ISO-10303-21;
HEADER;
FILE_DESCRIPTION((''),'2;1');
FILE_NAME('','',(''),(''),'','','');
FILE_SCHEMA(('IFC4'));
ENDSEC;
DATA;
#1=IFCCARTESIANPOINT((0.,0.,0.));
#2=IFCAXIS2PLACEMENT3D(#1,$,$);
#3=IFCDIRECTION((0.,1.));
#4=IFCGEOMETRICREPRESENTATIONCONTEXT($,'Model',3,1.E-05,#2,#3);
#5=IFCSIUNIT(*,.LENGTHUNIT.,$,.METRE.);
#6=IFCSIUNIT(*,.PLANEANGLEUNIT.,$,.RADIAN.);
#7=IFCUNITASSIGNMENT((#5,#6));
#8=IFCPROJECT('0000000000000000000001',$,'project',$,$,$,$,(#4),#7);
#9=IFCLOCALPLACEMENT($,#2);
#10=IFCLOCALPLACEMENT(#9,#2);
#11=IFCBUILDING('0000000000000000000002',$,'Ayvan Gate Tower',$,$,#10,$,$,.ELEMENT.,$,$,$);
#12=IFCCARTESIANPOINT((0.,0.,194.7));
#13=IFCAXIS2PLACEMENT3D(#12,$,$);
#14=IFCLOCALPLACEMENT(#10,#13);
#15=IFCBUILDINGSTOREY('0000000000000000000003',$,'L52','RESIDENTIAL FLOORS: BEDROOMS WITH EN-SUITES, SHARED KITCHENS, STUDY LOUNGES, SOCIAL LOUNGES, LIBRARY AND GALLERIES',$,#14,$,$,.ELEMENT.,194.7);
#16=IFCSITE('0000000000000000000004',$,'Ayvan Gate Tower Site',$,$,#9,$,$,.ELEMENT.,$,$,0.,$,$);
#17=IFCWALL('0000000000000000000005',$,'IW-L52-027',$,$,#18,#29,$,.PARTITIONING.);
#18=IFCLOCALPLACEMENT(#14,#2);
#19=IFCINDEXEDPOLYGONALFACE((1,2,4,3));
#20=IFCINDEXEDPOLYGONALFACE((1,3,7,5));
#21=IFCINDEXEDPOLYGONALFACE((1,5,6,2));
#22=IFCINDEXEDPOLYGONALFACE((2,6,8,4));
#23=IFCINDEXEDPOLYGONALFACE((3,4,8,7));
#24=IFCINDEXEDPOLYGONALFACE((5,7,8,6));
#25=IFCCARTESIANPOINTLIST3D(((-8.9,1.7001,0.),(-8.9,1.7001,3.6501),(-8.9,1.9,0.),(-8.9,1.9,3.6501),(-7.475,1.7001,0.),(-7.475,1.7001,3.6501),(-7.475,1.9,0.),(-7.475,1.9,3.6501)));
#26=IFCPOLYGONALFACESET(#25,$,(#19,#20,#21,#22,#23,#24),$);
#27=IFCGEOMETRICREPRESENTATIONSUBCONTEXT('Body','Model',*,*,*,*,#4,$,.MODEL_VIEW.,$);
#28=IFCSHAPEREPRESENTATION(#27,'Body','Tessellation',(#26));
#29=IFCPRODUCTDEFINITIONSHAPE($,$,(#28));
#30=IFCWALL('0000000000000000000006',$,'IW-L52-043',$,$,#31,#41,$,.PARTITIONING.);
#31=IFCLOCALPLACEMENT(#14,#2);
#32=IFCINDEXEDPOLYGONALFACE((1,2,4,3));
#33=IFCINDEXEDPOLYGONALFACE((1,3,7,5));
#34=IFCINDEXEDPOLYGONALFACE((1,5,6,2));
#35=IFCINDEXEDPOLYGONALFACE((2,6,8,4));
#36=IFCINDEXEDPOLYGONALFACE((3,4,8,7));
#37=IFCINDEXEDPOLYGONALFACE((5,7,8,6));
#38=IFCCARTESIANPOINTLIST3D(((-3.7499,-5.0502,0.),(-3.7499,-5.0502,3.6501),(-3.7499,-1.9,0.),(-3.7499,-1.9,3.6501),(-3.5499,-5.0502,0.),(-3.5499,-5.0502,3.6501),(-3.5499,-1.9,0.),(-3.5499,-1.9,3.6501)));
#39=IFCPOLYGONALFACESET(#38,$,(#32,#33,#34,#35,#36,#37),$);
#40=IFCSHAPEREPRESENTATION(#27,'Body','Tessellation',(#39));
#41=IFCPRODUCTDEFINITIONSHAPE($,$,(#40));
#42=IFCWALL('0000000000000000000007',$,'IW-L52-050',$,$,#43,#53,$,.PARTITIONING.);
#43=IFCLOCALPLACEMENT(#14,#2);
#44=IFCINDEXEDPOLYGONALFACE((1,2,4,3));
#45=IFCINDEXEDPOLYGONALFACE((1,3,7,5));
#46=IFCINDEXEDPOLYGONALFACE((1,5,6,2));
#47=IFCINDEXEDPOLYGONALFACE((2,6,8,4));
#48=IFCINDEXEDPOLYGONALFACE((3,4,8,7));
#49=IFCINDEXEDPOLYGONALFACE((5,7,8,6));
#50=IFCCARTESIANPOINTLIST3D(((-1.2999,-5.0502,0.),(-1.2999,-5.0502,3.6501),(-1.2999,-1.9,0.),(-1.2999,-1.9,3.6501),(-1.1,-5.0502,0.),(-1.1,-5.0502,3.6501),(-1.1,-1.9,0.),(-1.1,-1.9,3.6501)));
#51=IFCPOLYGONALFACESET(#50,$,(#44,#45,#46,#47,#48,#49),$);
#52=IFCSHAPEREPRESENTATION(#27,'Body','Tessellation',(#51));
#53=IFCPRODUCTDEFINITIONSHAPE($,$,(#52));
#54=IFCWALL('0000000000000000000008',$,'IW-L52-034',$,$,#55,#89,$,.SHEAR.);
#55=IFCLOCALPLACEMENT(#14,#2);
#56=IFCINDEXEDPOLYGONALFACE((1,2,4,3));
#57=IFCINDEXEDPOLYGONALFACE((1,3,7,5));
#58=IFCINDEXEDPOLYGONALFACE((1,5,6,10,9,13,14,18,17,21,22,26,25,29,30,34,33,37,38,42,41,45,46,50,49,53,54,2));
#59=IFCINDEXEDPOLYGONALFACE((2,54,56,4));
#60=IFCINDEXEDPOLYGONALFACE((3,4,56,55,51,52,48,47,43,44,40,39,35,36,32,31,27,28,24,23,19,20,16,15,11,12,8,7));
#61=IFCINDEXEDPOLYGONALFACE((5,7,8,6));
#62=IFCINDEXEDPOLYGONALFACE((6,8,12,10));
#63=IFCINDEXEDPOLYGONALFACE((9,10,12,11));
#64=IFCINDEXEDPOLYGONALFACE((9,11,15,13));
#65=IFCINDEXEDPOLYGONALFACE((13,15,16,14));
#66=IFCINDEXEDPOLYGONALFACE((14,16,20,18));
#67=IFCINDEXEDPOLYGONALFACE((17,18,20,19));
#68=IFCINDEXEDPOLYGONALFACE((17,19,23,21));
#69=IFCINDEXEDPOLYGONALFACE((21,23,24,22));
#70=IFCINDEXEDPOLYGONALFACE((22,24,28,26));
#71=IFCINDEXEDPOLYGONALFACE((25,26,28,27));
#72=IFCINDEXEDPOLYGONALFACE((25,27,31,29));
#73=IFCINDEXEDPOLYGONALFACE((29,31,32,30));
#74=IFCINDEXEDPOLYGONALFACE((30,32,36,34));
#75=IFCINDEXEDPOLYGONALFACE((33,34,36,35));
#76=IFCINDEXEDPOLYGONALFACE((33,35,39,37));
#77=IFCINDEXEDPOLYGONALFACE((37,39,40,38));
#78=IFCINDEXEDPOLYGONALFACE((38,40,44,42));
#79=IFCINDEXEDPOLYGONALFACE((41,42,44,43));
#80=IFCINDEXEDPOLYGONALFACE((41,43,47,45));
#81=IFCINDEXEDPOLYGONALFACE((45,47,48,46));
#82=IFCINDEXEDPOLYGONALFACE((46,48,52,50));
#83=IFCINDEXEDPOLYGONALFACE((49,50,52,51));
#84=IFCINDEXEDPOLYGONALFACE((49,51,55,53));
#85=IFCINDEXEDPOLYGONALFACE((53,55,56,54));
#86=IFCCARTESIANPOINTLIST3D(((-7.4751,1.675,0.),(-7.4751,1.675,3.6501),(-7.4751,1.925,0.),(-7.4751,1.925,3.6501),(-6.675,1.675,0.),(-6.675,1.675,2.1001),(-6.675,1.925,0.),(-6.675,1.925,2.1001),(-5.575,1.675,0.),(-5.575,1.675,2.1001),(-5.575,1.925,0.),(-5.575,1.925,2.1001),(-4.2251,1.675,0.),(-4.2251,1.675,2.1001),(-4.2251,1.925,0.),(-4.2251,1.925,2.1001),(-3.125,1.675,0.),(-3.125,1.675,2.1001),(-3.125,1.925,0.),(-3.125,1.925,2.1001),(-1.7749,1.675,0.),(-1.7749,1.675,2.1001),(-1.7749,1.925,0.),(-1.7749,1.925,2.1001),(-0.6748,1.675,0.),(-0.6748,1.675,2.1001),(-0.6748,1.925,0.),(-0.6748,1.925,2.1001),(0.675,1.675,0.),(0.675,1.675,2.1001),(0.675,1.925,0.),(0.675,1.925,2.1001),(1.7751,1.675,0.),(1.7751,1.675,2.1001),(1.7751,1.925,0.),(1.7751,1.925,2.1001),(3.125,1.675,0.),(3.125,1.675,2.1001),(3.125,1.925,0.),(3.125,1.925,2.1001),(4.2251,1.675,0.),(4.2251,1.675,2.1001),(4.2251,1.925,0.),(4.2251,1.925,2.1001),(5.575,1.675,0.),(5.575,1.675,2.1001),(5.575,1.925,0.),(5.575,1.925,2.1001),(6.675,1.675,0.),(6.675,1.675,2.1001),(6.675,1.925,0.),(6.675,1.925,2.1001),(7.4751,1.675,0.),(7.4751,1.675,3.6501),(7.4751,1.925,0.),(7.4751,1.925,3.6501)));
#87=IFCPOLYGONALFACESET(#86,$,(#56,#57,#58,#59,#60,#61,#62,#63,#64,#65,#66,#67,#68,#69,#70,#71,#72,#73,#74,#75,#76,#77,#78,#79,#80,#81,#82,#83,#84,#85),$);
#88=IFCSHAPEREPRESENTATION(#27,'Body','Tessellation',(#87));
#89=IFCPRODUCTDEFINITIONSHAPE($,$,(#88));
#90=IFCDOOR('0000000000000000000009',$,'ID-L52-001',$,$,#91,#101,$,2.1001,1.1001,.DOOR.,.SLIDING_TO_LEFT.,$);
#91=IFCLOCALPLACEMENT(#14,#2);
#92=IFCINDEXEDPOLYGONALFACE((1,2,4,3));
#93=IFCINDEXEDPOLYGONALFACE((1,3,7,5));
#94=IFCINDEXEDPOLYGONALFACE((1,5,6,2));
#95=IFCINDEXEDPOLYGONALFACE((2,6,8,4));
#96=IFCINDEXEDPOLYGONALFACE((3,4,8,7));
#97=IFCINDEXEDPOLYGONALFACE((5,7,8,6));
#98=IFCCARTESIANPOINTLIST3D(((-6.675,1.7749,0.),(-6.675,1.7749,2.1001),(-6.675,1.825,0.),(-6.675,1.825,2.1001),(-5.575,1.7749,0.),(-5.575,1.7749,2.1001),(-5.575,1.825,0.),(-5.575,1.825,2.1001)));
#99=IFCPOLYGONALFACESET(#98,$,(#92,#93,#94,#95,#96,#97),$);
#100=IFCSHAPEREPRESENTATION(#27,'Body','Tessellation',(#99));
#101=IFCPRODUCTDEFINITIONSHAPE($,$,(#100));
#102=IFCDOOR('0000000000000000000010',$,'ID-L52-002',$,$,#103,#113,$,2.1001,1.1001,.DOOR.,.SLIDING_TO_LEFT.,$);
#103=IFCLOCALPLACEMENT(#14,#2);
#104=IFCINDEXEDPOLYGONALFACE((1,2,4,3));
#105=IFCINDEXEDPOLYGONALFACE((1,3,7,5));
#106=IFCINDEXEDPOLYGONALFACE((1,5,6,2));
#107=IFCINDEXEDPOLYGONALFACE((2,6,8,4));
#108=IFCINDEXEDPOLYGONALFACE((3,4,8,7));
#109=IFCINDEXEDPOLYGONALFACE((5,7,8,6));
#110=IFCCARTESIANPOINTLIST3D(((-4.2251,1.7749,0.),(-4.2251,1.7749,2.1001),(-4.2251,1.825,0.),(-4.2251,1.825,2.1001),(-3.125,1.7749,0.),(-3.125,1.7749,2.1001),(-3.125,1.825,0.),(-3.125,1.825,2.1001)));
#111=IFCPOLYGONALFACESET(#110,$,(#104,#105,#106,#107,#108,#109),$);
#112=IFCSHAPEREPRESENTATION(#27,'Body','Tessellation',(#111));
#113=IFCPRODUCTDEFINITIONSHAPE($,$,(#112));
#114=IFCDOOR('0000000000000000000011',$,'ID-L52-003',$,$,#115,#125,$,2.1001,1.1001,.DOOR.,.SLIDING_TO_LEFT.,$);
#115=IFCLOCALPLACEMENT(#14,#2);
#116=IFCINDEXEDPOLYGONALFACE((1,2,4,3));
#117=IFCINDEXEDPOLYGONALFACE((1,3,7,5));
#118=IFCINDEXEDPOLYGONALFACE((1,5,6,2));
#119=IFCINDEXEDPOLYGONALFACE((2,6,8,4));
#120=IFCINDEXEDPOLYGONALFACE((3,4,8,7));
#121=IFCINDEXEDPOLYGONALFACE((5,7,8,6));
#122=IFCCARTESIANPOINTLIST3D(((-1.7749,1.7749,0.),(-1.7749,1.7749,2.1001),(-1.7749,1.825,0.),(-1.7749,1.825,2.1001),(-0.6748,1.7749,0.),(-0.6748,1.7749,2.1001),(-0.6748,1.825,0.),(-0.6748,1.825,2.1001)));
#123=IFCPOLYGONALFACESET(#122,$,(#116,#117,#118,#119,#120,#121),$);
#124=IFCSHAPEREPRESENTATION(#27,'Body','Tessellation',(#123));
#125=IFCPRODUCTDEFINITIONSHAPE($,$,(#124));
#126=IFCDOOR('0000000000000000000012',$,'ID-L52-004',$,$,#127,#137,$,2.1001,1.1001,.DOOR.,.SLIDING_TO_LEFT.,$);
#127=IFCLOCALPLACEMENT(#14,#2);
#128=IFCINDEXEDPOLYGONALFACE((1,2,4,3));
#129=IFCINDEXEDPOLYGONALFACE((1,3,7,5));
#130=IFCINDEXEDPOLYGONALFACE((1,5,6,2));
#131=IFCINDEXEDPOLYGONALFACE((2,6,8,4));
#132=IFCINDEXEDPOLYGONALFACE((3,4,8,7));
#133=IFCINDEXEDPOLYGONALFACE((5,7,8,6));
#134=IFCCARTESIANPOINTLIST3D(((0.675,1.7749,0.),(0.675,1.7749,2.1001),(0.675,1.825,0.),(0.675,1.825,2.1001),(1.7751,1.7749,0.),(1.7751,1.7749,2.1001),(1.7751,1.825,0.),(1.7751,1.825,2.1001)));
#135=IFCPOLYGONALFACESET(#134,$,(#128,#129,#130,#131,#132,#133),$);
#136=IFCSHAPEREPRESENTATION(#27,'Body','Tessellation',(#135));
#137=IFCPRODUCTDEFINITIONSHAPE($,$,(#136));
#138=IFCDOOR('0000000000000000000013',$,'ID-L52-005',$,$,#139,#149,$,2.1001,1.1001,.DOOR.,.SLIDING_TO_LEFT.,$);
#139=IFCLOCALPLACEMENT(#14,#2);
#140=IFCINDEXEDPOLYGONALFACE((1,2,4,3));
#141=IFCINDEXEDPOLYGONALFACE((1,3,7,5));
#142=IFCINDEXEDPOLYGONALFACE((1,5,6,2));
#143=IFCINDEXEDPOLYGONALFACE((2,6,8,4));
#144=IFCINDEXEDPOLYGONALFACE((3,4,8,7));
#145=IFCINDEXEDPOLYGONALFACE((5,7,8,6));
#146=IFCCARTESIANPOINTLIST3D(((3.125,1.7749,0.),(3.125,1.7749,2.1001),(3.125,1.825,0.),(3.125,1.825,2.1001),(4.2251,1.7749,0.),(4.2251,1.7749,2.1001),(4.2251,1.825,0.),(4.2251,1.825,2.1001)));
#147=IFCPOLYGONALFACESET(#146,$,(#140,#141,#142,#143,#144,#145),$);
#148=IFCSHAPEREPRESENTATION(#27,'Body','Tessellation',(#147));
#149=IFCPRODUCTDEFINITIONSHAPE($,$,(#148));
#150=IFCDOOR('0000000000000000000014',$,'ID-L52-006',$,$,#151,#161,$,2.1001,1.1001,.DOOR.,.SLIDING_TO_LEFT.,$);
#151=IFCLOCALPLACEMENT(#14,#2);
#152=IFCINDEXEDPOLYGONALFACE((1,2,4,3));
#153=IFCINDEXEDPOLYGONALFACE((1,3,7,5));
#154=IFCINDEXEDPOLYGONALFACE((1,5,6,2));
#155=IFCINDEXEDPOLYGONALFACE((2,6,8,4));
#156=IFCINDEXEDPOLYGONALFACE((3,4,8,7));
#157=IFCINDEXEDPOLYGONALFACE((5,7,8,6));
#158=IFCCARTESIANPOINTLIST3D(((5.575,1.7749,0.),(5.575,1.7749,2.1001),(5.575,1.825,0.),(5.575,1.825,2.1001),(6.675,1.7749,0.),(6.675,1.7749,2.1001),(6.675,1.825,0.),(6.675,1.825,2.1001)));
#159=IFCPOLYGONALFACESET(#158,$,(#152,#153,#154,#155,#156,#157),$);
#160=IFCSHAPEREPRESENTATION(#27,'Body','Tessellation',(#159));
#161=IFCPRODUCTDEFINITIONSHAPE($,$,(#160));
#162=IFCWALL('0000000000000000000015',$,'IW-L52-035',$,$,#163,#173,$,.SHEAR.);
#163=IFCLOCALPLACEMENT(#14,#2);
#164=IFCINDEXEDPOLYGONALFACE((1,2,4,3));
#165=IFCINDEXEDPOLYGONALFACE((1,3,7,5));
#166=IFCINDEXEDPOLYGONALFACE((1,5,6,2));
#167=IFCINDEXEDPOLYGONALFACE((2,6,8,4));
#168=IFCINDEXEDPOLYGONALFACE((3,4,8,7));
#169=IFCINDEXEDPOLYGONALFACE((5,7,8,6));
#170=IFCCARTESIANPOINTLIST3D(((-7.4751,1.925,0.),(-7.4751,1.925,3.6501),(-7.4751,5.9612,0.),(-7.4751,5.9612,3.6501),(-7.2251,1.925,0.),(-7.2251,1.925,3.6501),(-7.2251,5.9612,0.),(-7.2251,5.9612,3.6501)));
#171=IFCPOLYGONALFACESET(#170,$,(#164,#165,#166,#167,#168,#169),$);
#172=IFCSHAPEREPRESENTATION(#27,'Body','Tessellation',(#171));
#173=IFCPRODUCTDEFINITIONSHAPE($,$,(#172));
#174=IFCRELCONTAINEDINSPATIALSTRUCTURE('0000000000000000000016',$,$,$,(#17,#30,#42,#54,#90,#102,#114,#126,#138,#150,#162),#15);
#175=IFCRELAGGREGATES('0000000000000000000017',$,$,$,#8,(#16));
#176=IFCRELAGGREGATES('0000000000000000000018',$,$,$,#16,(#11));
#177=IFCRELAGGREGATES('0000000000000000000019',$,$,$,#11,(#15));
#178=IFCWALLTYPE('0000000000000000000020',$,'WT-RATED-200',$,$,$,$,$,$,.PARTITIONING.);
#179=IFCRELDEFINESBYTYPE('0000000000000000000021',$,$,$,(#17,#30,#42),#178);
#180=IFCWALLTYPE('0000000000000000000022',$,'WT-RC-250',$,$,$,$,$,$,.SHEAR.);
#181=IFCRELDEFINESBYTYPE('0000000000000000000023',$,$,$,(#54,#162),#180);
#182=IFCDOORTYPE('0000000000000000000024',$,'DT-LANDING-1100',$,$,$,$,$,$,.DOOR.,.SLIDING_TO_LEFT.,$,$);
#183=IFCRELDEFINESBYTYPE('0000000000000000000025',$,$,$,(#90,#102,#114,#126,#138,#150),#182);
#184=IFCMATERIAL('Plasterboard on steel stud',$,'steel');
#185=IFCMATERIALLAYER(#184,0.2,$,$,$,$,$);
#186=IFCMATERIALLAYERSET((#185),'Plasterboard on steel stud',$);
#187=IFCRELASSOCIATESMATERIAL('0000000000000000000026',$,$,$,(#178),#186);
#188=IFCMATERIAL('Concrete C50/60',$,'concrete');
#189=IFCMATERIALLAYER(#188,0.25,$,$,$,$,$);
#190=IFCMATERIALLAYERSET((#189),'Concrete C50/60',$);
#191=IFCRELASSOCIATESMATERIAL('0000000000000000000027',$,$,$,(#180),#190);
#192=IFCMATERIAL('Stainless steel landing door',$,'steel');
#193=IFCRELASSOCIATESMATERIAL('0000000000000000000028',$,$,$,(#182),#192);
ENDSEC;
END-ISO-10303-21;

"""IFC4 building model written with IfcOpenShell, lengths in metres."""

from ifc_helpers import new_model, si_unit, direction, frame, frame_2d, origin, place, context, subcontext, project, spatial, rectangle, extrude, material, layer, layer_set, type_object, element, fill, save


model = new_model("IFC4")

# Units and contexts
model_context = context("Model", 3, precision=1e-05, world=origin(), true_north=direction((0.0, 1.0)))
body_context = subcontext(model_context, "Body", "Model", "MODEL_VIEW")
ifc_project = project(units=[si_unit("LENGTHUNIT", "METRE"), si_unit("PLANEANGLEUNIT", "RADIAN")], contexts=[model_context])

# Site, building, storey
site_placement = place(None, origin())
site = spatial("IfcSite", under=ifc_project, at=site_placement, Name="Ayvan Gate Tower Site", CompositionType="ELEMENT", RefElevation=0.0)
building_placement = place(site_placement, origin())
building = spatial("IfcBuilding", under=site, at=building_placement, Name="Ayvan Gate Tower", CompositionType="ELEMENT")
storey_placement = place(building_placement, frame((0.0, 0.0, 194.7)))
storey = spatial("IfcBuildingStorey", under=building, at=storey_placement, Name="L52", Description="RESIDENTIAL FLOORS: BEDROOMS WITH EN-SUITES, SHARED KITCHENS, STUDY LOUNGES, SOCIAL LOUNGES, LIBRARY AND GALLERIES", CompositionType="ELEMENT", Elevation=194.7)

# Walls
ifc_material_1 = material(Name="Plasterboard on steel stud", Category="steel")
ifc_layer_1 = layer(ifc_material_1, 0.2)
ifc_layer_set_1 = layer_set([ifc_layer_1], Name="Plasterboard on steel stud")
wall_type_1 = type_object("IfcWallType", Name="WT-RATED-200", PredefinedType="PARTITIONING", material=ifc_layer_set_1)
wall_1_placement = place(storey_placement, frame((-8.8999, 1.8, 0.0), z_axis=(0.0, 0.0, 1.0), x_axis=(1.0, 0.0, 0.0)))
element("IfcWall", 1, at=wall_1_placement, inside=storey, type_object=wall_type_1, Name="IW-L52-027", PredefinedType="PARTITIONING", context=body_context, shape_type="SweptSolid", body=[
    extrude(rectangle(XDim=1.425, YDim=0.2, at=frame_2d((0.7124, 0.0))), origin(), (0.0, 0.0, 1.0), 3.6501),
])
for number, where, z_axis, x_axis, name in (
    (2, (-3.6499, -1.8999, 0.0), (0.0, 0.0, 1.0), (0.0, -1.0, 0.0), "IW-L52-043"),
    (3, (-1.2, -1.8999, 0.0), (0.0, 0.0, 1.0), (0.0, -1.0, 0.0), "IW-L52-050"),
):
    element("IfcWall", number, at=place(storey_placement, frame(where, z_axis=z_axis, x_axis=x_axis)), inside=storey, type_object=wall_type_1, Name=name, PredefinedType="PARTITIONING", context=body_context, shape_type="SweptSolid", body=[
        extrude(rectangle(XDim=3.1501, YDim=0.2, at=frame_2d((1.5752, 0.0))), origin(), (0.0, 0.0, 1.0), 3.6501),
    ])

# Wall, openings, doors
ifc_material_2 = material(Name="Concrete C50/60", Category="concrete")
ifc_layer_2 = layer(ifc_material_2, 0.25)
ifc_layer_set_2 = layer_set([ifc_layer_2], Name="Concrete C50/60")
wall_type_2 = type_object("IfcWallType", Name="WT-RC-250", PredefinedType="SHEAR", material=ifc_layer_set_2)
wall_2_placement = place(storey_placement, frame((-7.4751, 1.8, 0.0), z_axis=(0.0, 0.0, 1.0), x_axis=(1.0, 0.0, 0.0)))
wall_2 = element("IfcWall", 4, at=wall_2_placement, inside=storey, type_object=wall_type_2, Name="IW-L52-034", PredefinedType="SHEAR", context=body_context, shape_type="SweptSolid", body=[
    extrude(rectangle(XDim=14.9502, YDim=0.25, at=frame_2d((7.4751, 0.0))), origin(), (0.0, 0.0, 1.0), 3.6501),
])
opening_1_placement = place(wall_2_placement, frame((0.8, 0.0, 0.0)))
opening_1 = element("IfcOpeningElement", 5, at=opening_1_placement, cuts=wall_2, PredefinedType="OPENING", context=body_context, shape_type="SweptSolid", body=[
    extrude(rectangle(XDim=1.1001, YDim=2.1001, at=frame_2d((0.55, 1.05))), frame((0.0, 0.135, 0.0), z_axis=(0.0, -1.0, 0.0), x_axis=(1.0, 0.0, 0.0)), (0.0, 0.0, 1.0), 0.27),
])
opening_2_placement = place(wall_2_placement, frame((3.25, 0.0, 0.0)))
opening_2 = element("IfcOpeningElement", 6, at=opening_2_placement, cuts=wall_2, PredefinedType="OPENING", context=body_context, shape_type="SweptSolid", body=[
    extrude(rectangle(XDim=1.1001, YDim=2.1001, at=frame_2d((0.55, 1.05))), frame((0.0, 0.135, 0.0), z_axis=(0.0, -1.0, 0.0), x_axis=(1.0, 0.0, 0.0)), (0.0, 0.0, 1.0), 0.27),
])
opening_3_placement = place(wall_2_placement, frame((5.7002, 0.0, 0.0)))
opening_3 = element("IfcOpeningElement", 7, at=opening_3_placement, cuts=wall_2, PredefinedType="OPENING", context=body_context, shape_type="SweptSolid", body=[
    extrude(rectangle(XDim=1.1001, YDim=2.1001, at=frame_2d((0.55, 1.05))), frame((0.0, 0.135, 0.0), z_axis=(0.0, -1.0, 0.0), x_axis=(1.0, 0.0, 0.0)), (0.0, 0.0, 1.0), 0.27),
])
opening_4_placement = place(wall_2_placement, frame((8.1501, 0.0, 0.0)))
opening_4 = element("IfcOpeningElement", 8, at=opening_4_placement, cuts=wall_2, PredefinedType="OPENING", context=body_context, shape_type="SweptSolid", body=[
    extrude(rectangle(XDim=1.1001, YDim=2.1001, at=frame_2d((0.55, 1.05))), frame((0.0, 0.135, 0.0), z_axis=(0.0, -1.0, 0.0), x_axis=(1.0, 0.0, 0.0)), (0.0, 0.0, 1.0), 0.27),
])
opening_5_placement = place(wall_2_placement, frame((10.6001, 0.0, 0.0)))
opening_5 = element("IfcOpeningElement", 9, at=opening_5_placement, cuts=wall_2, PredefinedType="OPENING", context=body_context, shape_type="SweptSolid", body=[
    extrude(rectangle(XDim=1.1001, YDim=2.1001, at=frame_2d((0.55, 1.05))), frame((0.0, 0.135, 0.0), z_axis=(0.0, -1.0, 0.0), x_axis=(1.0, 0.0, 0.0)), (0.0, 0.0, 1.0), 0.27),
])
opening_6_placement = place(wall_2_placement, frame((13.05, 0.0, 0.0)))
opening_6 = element("IfcOpeningElement", 10, at=opening_6_placement, cuts=wall_2, PredefinedType="OPENING", context=body_context, shape_type="SweptSolid", body=[
    extrude(rectangle(XDim=1.1001, YDim=2.1001, at=frame_2d((0.55, 1.05))), frame((0.0, 0.135, 0.0), z_axis=(0.0, -1.0, 0.0), x_axis=(1.0, 0.0, 0.0)), (0.0, 0.0, 1.0), 0.27),
])
ifc_material_3 = material(Name="Stainless steel landing door", Category="steel")
door_type = type_object("IfcDoorType", Name="DT-LANDING-1100", OperationType="SLIDING_TO_LEFT", PredefinedType="DOOR", material=ifc_material_3)
door_1_placement = place(opening_1_placement, origin())
door_1 = element("IfcDoor", 11, at=door_1_placement, inside=storey, type_object=door_type, Name="ID-L52-001", OperationType="SLIDING_TO_LEFT", OverallHeight=2.1001, OverallWidth=1.1001, PredefinedType="DOOR", context=body_context, shape_type="SweptSolid", body=[
    extrude(rectangle(XDim=1.1001, YDim=2.1001, at=frame_2d((0.55, 1.05))), frame((0.0, 0.0249, 0.0), z_axis=(0.0, -1.0, 0.0), x_axis=(1.0, 0.0, 0.0)), (0.0, 0.0, 1.0), 0.05),
])
fill(opening_1, door_1)
door_2_placement = place(opening_2_placement, origin())
door_2 = element("IfcDoor", 12, at=door_2_placement, inside=storey, type_object=door_type, Name="ID-L52-002", OperationType="SLIDING_TO_LEFT", OverallHeight=2.1001, OverallWidth=1.1001, PredefinedType="DOOR", context=body_context, shape_type="SweptSolid", body=[
    extrude(rectangle(XDim=1.1001, YDim=2.1001, at=frame_2d((0.55, 1.05))), frame((0.0, 0.0249, 0.0), z_axis=(0.0, -1.0, 0.0), x_axis=(1.0, 0.0, 0.0)), (0.0, 0.0, 1.0), 0.05),
])
fill(opening_2, door_2)
door_3_placement = place(opening_3_placement, origin())
door_3 = element("IfcDoor", 13, at=door_3_placement, inside=storey, type_object=door_type, Name="ID-L52-003", OperationType="SLIDING_TO_LEFT", OverallHeight=2.1001, OverallWidth=1.1001, PredefinedType="DOOR", context=body_context, shape_type="SweptSolid", body=[
    extrude(rectangle(XDim=1.1001, YDim=2.1001, at=frame_2d((0.55, 1.05))), frame((0.0, 0.0249, 0.0), z_axis=(0.0, -1.0, 0.0), x_axis=(1.0, 0.0, 0.0)), (0.0, 0.0, 1.0), 0.05),
])
fill(opening_3, door_3)
door_4_placement = place(opening_4_placement, origin())
door_4 = element("IfcDoor", 14, at=door_4_placement, inside=storey, type_object=door_type, Name="ID-L52-004", OperationType="SLIDING_TO_LEFT", OverallHeight=2.1001, OverallWidth=1.1001, PredefinedType="DOOR", context=body_context, shape_type="SweptSolid", body=[
    extrude(rectangle(XDim=1.1001, YDim=2.1001, at=frame_2d((0.55, 1.05))), frame((0.0, 0.0249, 0.0), z_axis=(0.0, -1.0, 0.0), x_axis=(1.0, 0.0, 0.0)), (0.0, 0.0, 1.0), 0.05),
])
fill(opening_4, door_4)
door_5_placement = place(opening_5_placement, origin())
door_5 = element("IfcDoor", 15, at=door_5_placement, inside=storey, type_object=door_type, Name="ID-L52-005", OperationType="SLIDING_TO_LEFT", OverallHeight=2.1001, OverallWidth=1.1001, PredefinedType="DOOR", context=body_context, shape_type="SweptSolid", body=[
    extrude(rectangle(XDim=1.1001, YDim=2.1001, at=frame_2d((0.55, 1.05))), frame((0.0, 0.0249, 0.0), z_axis=(0.0, -1.0, 0.0), x_axis=(1.0, 0.0, 0.0)), (0.0, 0.0, 1.0), 0.05),
])
fill(opening_5, door_5)
door_6_placement = place(opening_6_placement, origin())
door_6 = element("IfcDoor", 16, at=door_6_placement, inside=storey, type_object=door_type, Name="ID-L52-006", OperationType="SLIDING_TO_LEFT", OverallHeight=2.1001, OverallWidth=1.1001, PredefinedType="DOOR", context=body_context, shape_type="SweptSolid", body=[
    extrude(rectangle(XDim=1.1001, YDim=2.1001, at=frame_2d((0.55, 1.05))), frame((0.0, 0.0249, 0.0), z_axis=(0.0, -1.0, 0.0), x_axis=(1.0, 0.0, 0.0)), (0.0, 0.0, 1.0), 0.05),
])
fill(opening_6, door_6)

# Wall
wall_3_placement = place(storey_placement, frame((-7.3501, 1.925, 0.0), z_axis=(0.0, 0.0, 1.0), x_axis=(0.0, 1.0, 0.0)))
element("IfcWall", 17, at=wall_3_placement, inside=storey, type_object=wall_type_2, Name="IW-L52-035", PredefinedType="SHEAR", context=body_context, shape_type="SweptSolid", body=[
    extrude(rectangle(XDim=4.0361, YDim=0.25, at=frame_2d((2.0181, 0.0))), origin(), (0.0, 0.0, 1.0), 3.6501),
])

save(model, "model.ifc")
